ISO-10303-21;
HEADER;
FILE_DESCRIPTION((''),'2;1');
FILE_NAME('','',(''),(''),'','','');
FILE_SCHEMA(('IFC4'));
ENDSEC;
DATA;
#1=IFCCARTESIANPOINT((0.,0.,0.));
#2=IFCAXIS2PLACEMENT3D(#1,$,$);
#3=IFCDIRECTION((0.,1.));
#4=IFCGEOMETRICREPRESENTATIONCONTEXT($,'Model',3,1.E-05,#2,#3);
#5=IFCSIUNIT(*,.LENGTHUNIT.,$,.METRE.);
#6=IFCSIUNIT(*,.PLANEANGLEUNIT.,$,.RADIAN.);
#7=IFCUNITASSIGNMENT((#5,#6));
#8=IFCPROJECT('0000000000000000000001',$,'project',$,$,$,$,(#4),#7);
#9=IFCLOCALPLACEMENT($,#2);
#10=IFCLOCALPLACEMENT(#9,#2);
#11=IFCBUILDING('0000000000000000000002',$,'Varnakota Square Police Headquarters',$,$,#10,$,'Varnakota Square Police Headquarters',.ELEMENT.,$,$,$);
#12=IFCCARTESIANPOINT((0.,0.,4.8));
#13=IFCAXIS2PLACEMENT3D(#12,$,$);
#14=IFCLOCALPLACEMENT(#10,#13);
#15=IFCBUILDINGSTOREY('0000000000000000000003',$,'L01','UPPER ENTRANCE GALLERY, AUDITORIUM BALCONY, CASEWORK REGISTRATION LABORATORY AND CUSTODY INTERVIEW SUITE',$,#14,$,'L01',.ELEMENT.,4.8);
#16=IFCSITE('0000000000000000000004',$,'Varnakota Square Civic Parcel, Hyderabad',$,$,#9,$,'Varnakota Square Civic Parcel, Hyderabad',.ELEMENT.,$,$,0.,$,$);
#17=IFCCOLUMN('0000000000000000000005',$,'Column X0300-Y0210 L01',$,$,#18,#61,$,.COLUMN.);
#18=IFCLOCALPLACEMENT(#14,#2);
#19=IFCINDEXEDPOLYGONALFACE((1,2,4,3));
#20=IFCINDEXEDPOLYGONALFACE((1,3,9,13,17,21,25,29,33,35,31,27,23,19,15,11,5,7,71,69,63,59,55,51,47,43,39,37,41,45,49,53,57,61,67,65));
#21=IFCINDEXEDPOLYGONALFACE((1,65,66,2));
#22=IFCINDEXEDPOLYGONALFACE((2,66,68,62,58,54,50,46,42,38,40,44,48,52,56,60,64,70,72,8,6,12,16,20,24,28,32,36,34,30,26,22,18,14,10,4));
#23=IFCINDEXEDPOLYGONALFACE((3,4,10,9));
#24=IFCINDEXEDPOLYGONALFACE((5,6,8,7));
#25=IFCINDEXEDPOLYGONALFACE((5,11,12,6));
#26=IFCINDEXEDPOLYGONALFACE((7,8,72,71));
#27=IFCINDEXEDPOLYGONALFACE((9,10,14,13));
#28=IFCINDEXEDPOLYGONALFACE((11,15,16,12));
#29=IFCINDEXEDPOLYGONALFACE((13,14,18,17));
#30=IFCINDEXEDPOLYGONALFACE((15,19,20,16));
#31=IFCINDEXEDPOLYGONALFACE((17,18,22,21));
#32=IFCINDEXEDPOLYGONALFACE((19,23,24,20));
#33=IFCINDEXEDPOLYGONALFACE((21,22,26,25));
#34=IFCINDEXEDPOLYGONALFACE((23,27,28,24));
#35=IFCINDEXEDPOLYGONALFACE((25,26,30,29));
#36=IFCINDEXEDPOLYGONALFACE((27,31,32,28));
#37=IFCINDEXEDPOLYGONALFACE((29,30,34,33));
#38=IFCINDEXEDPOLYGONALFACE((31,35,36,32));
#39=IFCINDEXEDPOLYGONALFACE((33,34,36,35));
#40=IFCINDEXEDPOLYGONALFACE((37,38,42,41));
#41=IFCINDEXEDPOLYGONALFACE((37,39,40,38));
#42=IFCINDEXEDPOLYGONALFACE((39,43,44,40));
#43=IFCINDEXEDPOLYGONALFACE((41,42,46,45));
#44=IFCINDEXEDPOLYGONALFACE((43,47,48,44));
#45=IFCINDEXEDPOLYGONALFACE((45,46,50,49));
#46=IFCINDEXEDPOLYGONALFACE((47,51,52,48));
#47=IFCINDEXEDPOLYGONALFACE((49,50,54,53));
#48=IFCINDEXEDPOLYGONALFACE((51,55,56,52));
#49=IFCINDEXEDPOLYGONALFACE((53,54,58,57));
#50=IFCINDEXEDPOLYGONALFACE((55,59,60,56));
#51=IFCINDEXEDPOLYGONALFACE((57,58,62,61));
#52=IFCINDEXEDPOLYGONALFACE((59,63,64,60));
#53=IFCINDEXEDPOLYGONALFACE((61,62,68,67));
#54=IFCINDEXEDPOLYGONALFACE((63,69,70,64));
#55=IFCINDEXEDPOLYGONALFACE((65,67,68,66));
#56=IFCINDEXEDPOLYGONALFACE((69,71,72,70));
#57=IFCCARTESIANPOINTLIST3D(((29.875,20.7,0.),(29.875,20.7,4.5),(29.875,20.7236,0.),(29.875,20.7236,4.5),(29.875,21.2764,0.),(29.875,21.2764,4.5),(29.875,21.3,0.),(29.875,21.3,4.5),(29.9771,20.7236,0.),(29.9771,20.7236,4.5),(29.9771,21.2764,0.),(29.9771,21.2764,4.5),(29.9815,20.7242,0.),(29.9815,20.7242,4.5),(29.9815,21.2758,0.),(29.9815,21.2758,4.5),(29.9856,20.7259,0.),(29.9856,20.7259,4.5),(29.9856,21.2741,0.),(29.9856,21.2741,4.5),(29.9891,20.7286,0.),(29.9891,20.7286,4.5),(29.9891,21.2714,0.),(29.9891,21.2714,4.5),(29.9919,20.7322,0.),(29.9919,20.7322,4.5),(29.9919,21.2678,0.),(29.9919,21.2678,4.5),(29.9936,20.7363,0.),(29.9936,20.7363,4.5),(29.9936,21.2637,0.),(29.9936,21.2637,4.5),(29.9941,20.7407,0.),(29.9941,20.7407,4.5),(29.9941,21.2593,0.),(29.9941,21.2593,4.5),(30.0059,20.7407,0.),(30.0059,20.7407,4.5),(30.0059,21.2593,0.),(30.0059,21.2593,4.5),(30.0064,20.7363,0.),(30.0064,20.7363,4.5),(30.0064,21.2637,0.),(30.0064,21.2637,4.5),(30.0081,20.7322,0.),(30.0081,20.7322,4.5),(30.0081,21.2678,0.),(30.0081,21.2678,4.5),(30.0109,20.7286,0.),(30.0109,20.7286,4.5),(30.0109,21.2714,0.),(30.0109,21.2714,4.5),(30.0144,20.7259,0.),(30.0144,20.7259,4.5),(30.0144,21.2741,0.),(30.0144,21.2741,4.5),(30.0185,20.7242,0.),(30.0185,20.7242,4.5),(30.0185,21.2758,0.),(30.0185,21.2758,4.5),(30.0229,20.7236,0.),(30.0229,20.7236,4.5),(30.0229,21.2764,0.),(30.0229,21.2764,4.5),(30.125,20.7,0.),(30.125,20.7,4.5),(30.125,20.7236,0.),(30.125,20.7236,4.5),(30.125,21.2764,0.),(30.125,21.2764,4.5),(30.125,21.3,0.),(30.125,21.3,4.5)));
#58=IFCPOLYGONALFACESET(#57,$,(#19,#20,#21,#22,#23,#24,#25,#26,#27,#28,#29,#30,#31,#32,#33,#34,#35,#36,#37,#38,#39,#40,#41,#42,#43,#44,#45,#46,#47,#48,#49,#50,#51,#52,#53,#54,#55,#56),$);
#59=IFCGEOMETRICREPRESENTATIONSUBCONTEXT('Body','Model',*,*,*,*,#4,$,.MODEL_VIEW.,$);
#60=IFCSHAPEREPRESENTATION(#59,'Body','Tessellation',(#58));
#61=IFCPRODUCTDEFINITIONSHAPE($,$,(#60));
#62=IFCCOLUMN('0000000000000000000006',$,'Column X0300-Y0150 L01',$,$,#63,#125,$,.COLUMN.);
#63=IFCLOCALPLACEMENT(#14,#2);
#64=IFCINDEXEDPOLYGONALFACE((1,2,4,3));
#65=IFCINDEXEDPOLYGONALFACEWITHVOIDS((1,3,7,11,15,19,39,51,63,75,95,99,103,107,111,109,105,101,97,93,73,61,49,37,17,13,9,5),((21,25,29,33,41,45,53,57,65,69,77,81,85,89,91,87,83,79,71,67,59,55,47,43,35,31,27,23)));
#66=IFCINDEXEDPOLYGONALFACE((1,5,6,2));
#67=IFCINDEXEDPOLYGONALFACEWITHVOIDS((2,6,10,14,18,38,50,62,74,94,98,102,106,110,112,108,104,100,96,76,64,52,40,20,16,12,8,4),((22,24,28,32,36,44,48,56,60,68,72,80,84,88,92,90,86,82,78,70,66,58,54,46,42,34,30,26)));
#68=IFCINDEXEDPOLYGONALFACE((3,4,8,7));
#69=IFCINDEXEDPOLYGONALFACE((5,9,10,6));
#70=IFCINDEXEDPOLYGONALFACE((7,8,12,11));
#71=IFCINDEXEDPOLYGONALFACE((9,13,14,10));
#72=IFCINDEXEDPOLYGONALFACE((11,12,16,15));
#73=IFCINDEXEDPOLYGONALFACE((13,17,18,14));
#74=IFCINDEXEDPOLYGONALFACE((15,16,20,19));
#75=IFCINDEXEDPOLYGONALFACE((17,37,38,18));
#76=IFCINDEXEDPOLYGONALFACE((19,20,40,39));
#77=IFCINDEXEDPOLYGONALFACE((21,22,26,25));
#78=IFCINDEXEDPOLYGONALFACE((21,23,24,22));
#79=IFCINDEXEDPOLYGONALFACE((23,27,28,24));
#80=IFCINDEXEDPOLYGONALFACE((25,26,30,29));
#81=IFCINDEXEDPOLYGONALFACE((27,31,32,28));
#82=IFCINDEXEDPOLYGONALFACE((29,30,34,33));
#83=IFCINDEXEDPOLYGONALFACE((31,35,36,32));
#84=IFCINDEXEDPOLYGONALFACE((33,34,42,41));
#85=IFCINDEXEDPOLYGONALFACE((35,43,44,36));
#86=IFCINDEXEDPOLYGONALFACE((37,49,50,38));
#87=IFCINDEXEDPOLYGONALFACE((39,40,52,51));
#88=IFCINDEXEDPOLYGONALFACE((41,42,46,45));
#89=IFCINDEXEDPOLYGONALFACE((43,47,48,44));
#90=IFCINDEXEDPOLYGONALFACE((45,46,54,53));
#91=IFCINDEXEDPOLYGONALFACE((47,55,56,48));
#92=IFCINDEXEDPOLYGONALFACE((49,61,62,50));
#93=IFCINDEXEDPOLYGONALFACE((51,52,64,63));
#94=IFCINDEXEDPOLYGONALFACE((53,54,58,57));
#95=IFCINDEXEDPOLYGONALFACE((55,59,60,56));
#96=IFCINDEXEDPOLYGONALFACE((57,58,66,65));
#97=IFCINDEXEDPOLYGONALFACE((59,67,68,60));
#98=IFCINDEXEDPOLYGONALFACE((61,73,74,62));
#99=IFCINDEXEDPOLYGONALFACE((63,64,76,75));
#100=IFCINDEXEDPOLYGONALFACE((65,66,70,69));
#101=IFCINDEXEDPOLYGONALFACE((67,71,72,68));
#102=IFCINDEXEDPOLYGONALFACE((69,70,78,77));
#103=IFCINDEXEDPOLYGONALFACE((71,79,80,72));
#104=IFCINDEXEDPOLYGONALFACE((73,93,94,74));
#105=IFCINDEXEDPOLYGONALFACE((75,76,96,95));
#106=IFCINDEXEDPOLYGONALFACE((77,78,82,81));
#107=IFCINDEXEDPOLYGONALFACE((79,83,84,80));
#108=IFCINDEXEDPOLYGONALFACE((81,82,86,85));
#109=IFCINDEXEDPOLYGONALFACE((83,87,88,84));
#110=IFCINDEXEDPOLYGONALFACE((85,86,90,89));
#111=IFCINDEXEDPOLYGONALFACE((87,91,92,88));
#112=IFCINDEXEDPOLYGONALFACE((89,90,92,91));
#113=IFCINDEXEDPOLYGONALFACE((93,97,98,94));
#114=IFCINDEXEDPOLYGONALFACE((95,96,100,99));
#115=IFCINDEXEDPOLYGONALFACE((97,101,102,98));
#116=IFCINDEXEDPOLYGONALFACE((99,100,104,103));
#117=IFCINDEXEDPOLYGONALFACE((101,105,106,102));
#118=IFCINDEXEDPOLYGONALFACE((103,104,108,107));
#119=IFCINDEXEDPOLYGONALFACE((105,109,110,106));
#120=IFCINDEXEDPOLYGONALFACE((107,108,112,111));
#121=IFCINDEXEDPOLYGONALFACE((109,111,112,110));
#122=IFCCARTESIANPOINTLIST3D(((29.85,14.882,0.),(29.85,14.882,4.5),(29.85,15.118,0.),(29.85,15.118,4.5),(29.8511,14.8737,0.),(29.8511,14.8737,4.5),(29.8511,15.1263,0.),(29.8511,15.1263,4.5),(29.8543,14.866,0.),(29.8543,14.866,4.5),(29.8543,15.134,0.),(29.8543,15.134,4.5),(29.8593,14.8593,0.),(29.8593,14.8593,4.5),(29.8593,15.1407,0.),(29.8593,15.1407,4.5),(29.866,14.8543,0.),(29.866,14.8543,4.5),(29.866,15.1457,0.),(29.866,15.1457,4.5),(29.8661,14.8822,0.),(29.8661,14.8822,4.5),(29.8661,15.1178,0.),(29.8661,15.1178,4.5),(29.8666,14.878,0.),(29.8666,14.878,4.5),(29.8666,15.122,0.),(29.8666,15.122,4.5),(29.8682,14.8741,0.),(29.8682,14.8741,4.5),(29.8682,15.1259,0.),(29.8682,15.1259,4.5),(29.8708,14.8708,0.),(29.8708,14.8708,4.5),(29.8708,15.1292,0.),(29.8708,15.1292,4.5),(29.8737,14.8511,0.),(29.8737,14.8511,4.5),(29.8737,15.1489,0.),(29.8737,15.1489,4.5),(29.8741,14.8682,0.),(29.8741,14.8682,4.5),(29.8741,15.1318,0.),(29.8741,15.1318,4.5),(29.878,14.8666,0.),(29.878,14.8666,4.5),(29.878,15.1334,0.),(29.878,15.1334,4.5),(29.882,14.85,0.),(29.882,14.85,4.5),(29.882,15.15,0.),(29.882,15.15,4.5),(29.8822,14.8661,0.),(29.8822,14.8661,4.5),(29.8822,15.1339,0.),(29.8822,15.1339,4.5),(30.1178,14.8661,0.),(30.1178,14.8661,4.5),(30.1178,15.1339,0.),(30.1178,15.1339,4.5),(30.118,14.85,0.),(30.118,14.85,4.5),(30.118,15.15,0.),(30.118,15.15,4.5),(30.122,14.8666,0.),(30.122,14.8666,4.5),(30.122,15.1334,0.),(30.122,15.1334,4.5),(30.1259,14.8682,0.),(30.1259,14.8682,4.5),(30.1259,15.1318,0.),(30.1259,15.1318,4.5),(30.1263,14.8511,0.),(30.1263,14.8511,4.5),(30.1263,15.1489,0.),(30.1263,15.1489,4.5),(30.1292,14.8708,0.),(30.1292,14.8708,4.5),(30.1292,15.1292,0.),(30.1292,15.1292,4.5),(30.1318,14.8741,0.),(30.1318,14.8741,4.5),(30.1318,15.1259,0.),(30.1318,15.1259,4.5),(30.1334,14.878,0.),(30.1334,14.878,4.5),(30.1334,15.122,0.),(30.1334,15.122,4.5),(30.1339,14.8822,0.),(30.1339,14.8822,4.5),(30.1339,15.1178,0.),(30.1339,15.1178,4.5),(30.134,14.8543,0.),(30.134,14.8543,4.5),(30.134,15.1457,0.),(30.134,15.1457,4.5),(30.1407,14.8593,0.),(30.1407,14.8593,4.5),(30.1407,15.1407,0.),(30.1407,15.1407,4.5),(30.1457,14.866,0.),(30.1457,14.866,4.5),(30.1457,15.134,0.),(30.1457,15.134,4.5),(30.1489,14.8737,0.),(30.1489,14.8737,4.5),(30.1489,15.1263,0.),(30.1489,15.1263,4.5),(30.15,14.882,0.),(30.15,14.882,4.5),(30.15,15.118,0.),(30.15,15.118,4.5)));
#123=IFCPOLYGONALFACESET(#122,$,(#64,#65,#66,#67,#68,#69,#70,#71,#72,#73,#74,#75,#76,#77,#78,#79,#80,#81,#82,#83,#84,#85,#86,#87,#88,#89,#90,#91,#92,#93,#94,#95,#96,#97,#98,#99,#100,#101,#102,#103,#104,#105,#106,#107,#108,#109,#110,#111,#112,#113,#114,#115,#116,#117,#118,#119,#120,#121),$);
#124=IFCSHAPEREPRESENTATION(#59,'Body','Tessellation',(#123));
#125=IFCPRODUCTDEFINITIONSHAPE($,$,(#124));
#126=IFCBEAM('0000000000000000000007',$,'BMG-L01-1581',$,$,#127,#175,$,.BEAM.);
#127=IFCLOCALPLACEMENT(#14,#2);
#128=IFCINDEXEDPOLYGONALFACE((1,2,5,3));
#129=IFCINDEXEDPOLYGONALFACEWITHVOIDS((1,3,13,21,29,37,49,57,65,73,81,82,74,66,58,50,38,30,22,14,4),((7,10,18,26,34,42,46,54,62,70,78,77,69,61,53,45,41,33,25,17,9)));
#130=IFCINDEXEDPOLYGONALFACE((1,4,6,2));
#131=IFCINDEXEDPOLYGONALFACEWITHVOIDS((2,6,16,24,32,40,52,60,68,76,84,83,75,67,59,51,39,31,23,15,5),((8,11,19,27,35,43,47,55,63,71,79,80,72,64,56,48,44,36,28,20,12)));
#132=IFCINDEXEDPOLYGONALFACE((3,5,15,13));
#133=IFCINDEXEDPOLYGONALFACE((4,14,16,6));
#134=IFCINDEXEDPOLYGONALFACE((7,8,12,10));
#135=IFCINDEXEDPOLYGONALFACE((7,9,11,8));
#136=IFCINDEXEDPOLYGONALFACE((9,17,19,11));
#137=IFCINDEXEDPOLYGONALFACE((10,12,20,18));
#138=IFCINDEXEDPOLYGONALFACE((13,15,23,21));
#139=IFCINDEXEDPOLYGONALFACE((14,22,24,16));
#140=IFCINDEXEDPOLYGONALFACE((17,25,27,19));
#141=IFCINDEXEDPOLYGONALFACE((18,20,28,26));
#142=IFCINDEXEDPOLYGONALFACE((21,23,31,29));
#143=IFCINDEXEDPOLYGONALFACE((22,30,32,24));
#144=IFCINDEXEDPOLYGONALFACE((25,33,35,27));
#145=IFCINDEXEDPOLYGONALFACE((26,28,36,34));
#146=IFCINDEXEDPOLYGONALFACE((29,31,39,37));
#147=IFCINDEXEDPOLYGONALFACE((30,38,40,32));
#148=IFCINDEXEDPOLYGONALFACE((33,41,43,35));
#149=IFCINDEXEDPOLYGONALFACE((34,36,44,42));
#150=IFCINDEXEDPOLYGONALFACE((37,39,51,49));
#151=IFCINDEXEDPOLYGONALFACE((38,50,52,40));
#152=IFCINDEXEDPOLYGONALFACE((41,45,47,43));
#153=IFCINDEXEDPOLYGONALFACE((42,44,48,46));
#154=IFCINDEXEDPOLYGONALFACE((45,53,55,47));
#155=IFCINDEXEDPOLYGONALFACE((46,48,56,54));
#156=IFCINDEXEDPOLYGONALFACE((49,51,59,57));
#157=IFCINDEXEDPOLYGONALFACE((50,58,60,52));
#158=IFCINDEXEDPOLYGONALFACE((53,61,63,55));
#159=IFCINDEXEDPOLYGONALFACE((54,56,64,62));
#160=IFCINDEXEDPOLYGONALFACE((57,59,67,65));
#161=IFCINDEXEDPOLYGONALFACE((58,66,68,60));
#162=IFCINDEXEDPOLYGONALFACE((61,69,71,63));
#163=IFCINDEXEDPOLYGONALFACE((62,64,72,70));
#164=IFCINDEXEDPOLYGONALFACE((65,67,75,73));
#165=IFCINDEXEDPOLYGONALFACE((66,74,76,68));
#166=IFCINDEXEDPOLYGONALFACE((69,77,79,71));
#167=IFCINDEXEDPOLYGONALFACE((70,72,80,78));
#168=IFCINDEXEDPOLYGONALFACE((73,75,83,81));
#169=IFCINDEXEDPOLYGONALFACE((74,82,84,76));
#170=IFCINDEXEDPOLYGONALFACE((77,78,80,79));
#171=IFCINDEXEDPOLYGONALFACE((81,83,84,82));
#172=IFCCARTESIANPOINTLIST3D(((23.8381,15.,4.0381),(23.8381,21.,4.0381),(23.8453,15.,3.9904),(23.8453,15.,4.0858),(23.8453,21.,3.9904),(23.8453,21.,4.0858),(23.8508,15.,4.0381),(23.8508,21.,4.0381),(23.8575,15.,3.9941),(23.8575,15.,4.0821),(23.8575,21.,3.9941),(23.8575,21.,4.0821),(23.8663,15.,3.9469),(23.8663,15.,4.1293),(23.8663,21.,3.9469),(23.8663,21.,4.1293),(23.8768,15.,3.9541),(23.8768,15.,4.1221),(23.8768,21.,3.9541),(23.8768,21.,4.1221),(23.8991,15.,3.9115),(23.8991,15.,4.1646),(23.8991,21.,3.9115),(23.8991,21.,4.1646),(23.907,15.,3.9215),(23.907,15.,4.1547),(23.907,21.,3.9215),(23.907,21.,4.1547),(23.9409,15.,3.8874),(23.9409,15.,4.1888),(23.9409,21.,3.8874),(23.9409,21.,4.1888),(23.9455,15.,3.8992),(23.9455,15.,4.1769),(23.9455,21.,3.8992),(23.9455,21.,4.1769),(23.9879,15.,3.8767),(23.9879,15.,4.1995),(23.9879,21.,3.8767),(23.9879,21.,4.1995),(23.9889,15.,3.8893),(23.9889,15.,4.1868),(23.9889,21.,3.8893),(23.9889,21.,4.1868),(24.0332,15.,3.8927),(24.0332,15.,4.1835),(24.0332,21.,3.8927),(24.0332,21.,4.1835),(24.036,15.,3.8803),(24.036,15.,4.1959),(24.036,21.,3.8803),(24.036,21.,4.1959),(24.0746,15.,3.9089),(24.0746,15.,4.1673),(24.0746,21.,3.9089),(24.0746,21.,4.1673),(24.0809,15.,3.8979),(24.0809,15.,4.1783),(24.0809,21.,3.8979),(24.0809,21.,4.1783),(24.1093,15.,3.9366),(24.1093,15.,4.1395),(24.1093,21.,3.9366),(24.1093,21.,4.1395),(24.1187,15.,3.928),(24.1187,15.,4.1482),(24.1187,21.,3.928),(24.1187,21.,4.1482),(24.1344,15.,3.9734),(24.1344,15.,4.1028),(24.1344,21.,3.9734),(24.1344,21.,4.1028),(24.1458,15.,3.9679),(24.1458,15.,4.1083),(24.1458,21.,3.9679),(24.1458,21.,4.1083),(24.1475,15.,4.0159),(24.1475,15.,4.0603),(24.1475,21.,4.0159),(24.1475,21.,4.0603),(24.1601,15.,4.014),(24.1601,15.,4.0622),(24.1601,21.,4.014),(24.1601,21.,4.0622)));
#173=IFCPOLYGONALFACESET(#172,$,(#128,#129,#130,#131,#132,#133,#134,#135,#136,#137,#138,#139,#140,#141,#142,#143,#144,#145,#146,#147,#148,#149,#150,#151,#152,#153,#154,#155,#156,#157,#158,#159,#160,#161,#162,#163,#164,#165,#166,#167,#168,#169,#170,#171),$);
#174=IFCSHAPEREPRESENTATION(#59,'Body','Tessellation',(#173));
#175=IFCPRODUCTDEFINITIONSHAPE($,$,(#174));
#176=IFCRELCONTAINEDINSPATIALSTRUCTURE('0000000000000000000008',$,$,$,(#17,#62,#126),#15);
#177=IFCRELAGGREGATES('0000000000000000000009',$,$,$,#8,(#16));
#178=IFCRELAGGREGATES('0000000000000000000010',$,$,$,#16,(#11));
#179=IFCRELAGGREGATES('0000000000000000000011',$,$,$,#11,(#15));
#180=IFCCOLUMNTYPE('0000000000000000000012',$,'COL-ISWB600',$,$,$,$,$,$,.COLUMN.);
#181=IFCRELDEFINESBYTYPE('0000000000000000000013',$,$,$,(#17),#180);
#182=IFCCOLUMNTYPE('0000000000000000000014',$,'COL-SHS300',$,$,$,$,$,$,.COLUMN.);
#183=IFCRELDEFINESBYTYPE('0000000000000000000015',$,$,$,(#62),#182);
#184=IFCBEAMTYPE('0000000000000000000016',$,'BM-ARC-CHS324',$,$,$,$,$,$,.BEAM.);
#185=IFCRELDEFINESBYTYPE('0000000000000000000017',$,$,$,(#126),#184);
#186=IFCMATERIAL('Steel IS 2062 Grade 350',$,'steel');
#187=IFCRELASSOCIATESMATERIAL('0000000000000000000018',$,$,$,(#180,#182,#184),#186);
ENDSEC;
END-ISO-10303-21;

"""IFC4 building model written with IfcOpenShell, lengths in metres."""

from ifc_helpers import new_model, si_unit, direction, frame, origin, origin_2d, place, context, subcontext, project, spatial, hollow_rectangle, hollow_circle, i_section, extrude, material, material_profile, profile_set, type_object, element, save


model = new_model("IFC4")

# Units and contexts
model_context = context("Model", 3, precision=1e-05, world=origin(), true_north=direction((0.0, 1.0)))
body_context = subcontext(model_context, "Body", "Model", "MODEL_VIEW")
ifc_project = project(units=[si_unit("LENGTHUNIT", "METRE"), si_unit("PLANEANGLEUNIT", "RADIAN")], contexts=[model_context])

# Site, building, storey
site_placement = place(None, origin())
site = spatial("IfcSite", under=ifc_project, at=site_placement, Name="Varnakota Square Civic Parcel, Hyderabad", LongName="Varnakota Square Civic Parcel, Hyderabad", CompositionType="ELEMENT", RefElevation=0.0)
building_placement = place(site_placement, origin())
building = spatial("IfcBuilding", under=site, at=building_placement, Name="Varnakota Square Police Headquarters", LongName="Varnakota Square Police Headquarters", CompositionType="ELEMENT")
storey_placement = place(building_placement, frame((0.0, 0.0, 4.8)))
storey = spatial("IfcBuildingStorey", under=building, at=storey_placement, Name="L01", Description="UPPER ENTRANCE GALLERY, AUDITORIUM BALCONY, CASEWORK REGISTRATION LABORATORY AND CUSTODY INTERVIEW SUITE", LongName="L01", CompositionType="ELEMENT", Elevation=4.8)

# Columns
ifc_material_1 = material(Name="Steel IS 2062 Grade 350", Category="steel")
ifc_material_profile_1 = material_profile(ifc_material_1, i_section(OverallWidth=0.25, OverallDepth=0.6001, WebThickness=0.0117, FlangeThickness=0.0237, FilletRadius=0.0171, at=origin_2d()), Name="ISWB 600")
ifc_profile_set_1 = profile_set([ifc_material_profile_1], Name="Steel IS 2062 Grade 350")
column_type_1 = type_object("IfcColumnType", Name="COL-ISWB600", PredefinedType="COLUMN", material=ifc_profile_set_1)
for number, where, z_axis, x_axis, name in (
    (1, (30.0, 21.0, 0.0), (0.0, 0.0, 1.0), (1.0, 0.0, 0.0), "Column X0300-Y0210 L01"),
):
    element("IfcColumn", number, at=place(storey_placement, frame(where, z_axis=z_axis, x_axis=x_axis)), inside=storey, type_object=column_type_1, Name=name, PredefinedType="COLUMN", context=body_context, shape_type="SweptSolid", body=[
        extrude(i_section(OverallWidth=0.25, OverallDepth=0.6001, WebThickness=0.0117, FlangeThickness=0.0237, FilletRadius=0.0171, at=origin_2d()), origin(), (0.0, 0.0, 1.0), 4.5),
    ])
ifc_material_profile_2 = material_profile(ifc_material_1, hollow_rectangle(XDim=0.3, YDim=0.3, WallThickness=0.0161, InnerFilletRadius=0.0161, OuterFilletRadius=0.032, at=origin_2d()), Name="SHS 300x300x16")
ifc_profile_set_2 = profile_set([ifc_material_profile_2], Name="Steel IS 2062 Grade 350")
column_type_2 = type_object("IfcColumnType", Name="COL-SHS300", PredefinedType="COLUMN", material=ifc_profile_set_2)
column_1_placement = place(storey_placement, frame((30.0, 15.0, 0.0), z_axis=(0.0, 0.0, 1.0), x_axis=(1.0, 0.0, 0.0)))
element("IfcColumn", 2, at=column_1_placement, inside=storey, type_object=column_type_2, Name="Column X0300-Y0150 L01", PredefinedType="COLUMN", context=body_context, shape_type="SweptSolid", body=[
    extrude(hollow_rectangle(XDim=0.3, YDim=0.3, WallThickness=0.0161, InnerFilletRadius=0.0161, OuterFilletRadius=0.032, at=origin_2d()), origin(), (0.0, 0.0, 1.0), 4.5),
])

# Beam
ifc_material_profile_3 = material_profile(ifc_material_1, hollow_circle(Radius=0.1619, WallThickness=0.0127, at=origin_2d()), Name="CHS 323.9x12.7")
ifc_profile_set_3 = profile_set([ifc_material_profile_3], Name="Steel IS 2062 Grade 350")
beam_type_1 = type_object("IfcBeamType", Name="BM-ARC-CHS324", PredefinedType="BEAM", material=ifc_profile_set_3)
for number, where, z_axis, x_axis, name in (
    (3, (24.0, 15.0, 4.0381), (0.0, 1.0, 0.0), (-1.0, 0.0, 0.0), "BMG-L01-1581"),
):
    element("IfcBeam", number, at=place(storey_placement, frame(where, z_axis=z_axis, x_axis=x_axis)), inside=storey, type_object=beam_type_1, Name=name, PredefinedType="BEAM", context=body_context, shape_type="SweptSolid", body=[
        extrude(hollow_circle(Radius=0.1619, WallThickness=0.0127, at=origin_2d()), origin(), (0.0, 0.0, 1.0), 6.0),
    ])

save(model, "model.ifc")
